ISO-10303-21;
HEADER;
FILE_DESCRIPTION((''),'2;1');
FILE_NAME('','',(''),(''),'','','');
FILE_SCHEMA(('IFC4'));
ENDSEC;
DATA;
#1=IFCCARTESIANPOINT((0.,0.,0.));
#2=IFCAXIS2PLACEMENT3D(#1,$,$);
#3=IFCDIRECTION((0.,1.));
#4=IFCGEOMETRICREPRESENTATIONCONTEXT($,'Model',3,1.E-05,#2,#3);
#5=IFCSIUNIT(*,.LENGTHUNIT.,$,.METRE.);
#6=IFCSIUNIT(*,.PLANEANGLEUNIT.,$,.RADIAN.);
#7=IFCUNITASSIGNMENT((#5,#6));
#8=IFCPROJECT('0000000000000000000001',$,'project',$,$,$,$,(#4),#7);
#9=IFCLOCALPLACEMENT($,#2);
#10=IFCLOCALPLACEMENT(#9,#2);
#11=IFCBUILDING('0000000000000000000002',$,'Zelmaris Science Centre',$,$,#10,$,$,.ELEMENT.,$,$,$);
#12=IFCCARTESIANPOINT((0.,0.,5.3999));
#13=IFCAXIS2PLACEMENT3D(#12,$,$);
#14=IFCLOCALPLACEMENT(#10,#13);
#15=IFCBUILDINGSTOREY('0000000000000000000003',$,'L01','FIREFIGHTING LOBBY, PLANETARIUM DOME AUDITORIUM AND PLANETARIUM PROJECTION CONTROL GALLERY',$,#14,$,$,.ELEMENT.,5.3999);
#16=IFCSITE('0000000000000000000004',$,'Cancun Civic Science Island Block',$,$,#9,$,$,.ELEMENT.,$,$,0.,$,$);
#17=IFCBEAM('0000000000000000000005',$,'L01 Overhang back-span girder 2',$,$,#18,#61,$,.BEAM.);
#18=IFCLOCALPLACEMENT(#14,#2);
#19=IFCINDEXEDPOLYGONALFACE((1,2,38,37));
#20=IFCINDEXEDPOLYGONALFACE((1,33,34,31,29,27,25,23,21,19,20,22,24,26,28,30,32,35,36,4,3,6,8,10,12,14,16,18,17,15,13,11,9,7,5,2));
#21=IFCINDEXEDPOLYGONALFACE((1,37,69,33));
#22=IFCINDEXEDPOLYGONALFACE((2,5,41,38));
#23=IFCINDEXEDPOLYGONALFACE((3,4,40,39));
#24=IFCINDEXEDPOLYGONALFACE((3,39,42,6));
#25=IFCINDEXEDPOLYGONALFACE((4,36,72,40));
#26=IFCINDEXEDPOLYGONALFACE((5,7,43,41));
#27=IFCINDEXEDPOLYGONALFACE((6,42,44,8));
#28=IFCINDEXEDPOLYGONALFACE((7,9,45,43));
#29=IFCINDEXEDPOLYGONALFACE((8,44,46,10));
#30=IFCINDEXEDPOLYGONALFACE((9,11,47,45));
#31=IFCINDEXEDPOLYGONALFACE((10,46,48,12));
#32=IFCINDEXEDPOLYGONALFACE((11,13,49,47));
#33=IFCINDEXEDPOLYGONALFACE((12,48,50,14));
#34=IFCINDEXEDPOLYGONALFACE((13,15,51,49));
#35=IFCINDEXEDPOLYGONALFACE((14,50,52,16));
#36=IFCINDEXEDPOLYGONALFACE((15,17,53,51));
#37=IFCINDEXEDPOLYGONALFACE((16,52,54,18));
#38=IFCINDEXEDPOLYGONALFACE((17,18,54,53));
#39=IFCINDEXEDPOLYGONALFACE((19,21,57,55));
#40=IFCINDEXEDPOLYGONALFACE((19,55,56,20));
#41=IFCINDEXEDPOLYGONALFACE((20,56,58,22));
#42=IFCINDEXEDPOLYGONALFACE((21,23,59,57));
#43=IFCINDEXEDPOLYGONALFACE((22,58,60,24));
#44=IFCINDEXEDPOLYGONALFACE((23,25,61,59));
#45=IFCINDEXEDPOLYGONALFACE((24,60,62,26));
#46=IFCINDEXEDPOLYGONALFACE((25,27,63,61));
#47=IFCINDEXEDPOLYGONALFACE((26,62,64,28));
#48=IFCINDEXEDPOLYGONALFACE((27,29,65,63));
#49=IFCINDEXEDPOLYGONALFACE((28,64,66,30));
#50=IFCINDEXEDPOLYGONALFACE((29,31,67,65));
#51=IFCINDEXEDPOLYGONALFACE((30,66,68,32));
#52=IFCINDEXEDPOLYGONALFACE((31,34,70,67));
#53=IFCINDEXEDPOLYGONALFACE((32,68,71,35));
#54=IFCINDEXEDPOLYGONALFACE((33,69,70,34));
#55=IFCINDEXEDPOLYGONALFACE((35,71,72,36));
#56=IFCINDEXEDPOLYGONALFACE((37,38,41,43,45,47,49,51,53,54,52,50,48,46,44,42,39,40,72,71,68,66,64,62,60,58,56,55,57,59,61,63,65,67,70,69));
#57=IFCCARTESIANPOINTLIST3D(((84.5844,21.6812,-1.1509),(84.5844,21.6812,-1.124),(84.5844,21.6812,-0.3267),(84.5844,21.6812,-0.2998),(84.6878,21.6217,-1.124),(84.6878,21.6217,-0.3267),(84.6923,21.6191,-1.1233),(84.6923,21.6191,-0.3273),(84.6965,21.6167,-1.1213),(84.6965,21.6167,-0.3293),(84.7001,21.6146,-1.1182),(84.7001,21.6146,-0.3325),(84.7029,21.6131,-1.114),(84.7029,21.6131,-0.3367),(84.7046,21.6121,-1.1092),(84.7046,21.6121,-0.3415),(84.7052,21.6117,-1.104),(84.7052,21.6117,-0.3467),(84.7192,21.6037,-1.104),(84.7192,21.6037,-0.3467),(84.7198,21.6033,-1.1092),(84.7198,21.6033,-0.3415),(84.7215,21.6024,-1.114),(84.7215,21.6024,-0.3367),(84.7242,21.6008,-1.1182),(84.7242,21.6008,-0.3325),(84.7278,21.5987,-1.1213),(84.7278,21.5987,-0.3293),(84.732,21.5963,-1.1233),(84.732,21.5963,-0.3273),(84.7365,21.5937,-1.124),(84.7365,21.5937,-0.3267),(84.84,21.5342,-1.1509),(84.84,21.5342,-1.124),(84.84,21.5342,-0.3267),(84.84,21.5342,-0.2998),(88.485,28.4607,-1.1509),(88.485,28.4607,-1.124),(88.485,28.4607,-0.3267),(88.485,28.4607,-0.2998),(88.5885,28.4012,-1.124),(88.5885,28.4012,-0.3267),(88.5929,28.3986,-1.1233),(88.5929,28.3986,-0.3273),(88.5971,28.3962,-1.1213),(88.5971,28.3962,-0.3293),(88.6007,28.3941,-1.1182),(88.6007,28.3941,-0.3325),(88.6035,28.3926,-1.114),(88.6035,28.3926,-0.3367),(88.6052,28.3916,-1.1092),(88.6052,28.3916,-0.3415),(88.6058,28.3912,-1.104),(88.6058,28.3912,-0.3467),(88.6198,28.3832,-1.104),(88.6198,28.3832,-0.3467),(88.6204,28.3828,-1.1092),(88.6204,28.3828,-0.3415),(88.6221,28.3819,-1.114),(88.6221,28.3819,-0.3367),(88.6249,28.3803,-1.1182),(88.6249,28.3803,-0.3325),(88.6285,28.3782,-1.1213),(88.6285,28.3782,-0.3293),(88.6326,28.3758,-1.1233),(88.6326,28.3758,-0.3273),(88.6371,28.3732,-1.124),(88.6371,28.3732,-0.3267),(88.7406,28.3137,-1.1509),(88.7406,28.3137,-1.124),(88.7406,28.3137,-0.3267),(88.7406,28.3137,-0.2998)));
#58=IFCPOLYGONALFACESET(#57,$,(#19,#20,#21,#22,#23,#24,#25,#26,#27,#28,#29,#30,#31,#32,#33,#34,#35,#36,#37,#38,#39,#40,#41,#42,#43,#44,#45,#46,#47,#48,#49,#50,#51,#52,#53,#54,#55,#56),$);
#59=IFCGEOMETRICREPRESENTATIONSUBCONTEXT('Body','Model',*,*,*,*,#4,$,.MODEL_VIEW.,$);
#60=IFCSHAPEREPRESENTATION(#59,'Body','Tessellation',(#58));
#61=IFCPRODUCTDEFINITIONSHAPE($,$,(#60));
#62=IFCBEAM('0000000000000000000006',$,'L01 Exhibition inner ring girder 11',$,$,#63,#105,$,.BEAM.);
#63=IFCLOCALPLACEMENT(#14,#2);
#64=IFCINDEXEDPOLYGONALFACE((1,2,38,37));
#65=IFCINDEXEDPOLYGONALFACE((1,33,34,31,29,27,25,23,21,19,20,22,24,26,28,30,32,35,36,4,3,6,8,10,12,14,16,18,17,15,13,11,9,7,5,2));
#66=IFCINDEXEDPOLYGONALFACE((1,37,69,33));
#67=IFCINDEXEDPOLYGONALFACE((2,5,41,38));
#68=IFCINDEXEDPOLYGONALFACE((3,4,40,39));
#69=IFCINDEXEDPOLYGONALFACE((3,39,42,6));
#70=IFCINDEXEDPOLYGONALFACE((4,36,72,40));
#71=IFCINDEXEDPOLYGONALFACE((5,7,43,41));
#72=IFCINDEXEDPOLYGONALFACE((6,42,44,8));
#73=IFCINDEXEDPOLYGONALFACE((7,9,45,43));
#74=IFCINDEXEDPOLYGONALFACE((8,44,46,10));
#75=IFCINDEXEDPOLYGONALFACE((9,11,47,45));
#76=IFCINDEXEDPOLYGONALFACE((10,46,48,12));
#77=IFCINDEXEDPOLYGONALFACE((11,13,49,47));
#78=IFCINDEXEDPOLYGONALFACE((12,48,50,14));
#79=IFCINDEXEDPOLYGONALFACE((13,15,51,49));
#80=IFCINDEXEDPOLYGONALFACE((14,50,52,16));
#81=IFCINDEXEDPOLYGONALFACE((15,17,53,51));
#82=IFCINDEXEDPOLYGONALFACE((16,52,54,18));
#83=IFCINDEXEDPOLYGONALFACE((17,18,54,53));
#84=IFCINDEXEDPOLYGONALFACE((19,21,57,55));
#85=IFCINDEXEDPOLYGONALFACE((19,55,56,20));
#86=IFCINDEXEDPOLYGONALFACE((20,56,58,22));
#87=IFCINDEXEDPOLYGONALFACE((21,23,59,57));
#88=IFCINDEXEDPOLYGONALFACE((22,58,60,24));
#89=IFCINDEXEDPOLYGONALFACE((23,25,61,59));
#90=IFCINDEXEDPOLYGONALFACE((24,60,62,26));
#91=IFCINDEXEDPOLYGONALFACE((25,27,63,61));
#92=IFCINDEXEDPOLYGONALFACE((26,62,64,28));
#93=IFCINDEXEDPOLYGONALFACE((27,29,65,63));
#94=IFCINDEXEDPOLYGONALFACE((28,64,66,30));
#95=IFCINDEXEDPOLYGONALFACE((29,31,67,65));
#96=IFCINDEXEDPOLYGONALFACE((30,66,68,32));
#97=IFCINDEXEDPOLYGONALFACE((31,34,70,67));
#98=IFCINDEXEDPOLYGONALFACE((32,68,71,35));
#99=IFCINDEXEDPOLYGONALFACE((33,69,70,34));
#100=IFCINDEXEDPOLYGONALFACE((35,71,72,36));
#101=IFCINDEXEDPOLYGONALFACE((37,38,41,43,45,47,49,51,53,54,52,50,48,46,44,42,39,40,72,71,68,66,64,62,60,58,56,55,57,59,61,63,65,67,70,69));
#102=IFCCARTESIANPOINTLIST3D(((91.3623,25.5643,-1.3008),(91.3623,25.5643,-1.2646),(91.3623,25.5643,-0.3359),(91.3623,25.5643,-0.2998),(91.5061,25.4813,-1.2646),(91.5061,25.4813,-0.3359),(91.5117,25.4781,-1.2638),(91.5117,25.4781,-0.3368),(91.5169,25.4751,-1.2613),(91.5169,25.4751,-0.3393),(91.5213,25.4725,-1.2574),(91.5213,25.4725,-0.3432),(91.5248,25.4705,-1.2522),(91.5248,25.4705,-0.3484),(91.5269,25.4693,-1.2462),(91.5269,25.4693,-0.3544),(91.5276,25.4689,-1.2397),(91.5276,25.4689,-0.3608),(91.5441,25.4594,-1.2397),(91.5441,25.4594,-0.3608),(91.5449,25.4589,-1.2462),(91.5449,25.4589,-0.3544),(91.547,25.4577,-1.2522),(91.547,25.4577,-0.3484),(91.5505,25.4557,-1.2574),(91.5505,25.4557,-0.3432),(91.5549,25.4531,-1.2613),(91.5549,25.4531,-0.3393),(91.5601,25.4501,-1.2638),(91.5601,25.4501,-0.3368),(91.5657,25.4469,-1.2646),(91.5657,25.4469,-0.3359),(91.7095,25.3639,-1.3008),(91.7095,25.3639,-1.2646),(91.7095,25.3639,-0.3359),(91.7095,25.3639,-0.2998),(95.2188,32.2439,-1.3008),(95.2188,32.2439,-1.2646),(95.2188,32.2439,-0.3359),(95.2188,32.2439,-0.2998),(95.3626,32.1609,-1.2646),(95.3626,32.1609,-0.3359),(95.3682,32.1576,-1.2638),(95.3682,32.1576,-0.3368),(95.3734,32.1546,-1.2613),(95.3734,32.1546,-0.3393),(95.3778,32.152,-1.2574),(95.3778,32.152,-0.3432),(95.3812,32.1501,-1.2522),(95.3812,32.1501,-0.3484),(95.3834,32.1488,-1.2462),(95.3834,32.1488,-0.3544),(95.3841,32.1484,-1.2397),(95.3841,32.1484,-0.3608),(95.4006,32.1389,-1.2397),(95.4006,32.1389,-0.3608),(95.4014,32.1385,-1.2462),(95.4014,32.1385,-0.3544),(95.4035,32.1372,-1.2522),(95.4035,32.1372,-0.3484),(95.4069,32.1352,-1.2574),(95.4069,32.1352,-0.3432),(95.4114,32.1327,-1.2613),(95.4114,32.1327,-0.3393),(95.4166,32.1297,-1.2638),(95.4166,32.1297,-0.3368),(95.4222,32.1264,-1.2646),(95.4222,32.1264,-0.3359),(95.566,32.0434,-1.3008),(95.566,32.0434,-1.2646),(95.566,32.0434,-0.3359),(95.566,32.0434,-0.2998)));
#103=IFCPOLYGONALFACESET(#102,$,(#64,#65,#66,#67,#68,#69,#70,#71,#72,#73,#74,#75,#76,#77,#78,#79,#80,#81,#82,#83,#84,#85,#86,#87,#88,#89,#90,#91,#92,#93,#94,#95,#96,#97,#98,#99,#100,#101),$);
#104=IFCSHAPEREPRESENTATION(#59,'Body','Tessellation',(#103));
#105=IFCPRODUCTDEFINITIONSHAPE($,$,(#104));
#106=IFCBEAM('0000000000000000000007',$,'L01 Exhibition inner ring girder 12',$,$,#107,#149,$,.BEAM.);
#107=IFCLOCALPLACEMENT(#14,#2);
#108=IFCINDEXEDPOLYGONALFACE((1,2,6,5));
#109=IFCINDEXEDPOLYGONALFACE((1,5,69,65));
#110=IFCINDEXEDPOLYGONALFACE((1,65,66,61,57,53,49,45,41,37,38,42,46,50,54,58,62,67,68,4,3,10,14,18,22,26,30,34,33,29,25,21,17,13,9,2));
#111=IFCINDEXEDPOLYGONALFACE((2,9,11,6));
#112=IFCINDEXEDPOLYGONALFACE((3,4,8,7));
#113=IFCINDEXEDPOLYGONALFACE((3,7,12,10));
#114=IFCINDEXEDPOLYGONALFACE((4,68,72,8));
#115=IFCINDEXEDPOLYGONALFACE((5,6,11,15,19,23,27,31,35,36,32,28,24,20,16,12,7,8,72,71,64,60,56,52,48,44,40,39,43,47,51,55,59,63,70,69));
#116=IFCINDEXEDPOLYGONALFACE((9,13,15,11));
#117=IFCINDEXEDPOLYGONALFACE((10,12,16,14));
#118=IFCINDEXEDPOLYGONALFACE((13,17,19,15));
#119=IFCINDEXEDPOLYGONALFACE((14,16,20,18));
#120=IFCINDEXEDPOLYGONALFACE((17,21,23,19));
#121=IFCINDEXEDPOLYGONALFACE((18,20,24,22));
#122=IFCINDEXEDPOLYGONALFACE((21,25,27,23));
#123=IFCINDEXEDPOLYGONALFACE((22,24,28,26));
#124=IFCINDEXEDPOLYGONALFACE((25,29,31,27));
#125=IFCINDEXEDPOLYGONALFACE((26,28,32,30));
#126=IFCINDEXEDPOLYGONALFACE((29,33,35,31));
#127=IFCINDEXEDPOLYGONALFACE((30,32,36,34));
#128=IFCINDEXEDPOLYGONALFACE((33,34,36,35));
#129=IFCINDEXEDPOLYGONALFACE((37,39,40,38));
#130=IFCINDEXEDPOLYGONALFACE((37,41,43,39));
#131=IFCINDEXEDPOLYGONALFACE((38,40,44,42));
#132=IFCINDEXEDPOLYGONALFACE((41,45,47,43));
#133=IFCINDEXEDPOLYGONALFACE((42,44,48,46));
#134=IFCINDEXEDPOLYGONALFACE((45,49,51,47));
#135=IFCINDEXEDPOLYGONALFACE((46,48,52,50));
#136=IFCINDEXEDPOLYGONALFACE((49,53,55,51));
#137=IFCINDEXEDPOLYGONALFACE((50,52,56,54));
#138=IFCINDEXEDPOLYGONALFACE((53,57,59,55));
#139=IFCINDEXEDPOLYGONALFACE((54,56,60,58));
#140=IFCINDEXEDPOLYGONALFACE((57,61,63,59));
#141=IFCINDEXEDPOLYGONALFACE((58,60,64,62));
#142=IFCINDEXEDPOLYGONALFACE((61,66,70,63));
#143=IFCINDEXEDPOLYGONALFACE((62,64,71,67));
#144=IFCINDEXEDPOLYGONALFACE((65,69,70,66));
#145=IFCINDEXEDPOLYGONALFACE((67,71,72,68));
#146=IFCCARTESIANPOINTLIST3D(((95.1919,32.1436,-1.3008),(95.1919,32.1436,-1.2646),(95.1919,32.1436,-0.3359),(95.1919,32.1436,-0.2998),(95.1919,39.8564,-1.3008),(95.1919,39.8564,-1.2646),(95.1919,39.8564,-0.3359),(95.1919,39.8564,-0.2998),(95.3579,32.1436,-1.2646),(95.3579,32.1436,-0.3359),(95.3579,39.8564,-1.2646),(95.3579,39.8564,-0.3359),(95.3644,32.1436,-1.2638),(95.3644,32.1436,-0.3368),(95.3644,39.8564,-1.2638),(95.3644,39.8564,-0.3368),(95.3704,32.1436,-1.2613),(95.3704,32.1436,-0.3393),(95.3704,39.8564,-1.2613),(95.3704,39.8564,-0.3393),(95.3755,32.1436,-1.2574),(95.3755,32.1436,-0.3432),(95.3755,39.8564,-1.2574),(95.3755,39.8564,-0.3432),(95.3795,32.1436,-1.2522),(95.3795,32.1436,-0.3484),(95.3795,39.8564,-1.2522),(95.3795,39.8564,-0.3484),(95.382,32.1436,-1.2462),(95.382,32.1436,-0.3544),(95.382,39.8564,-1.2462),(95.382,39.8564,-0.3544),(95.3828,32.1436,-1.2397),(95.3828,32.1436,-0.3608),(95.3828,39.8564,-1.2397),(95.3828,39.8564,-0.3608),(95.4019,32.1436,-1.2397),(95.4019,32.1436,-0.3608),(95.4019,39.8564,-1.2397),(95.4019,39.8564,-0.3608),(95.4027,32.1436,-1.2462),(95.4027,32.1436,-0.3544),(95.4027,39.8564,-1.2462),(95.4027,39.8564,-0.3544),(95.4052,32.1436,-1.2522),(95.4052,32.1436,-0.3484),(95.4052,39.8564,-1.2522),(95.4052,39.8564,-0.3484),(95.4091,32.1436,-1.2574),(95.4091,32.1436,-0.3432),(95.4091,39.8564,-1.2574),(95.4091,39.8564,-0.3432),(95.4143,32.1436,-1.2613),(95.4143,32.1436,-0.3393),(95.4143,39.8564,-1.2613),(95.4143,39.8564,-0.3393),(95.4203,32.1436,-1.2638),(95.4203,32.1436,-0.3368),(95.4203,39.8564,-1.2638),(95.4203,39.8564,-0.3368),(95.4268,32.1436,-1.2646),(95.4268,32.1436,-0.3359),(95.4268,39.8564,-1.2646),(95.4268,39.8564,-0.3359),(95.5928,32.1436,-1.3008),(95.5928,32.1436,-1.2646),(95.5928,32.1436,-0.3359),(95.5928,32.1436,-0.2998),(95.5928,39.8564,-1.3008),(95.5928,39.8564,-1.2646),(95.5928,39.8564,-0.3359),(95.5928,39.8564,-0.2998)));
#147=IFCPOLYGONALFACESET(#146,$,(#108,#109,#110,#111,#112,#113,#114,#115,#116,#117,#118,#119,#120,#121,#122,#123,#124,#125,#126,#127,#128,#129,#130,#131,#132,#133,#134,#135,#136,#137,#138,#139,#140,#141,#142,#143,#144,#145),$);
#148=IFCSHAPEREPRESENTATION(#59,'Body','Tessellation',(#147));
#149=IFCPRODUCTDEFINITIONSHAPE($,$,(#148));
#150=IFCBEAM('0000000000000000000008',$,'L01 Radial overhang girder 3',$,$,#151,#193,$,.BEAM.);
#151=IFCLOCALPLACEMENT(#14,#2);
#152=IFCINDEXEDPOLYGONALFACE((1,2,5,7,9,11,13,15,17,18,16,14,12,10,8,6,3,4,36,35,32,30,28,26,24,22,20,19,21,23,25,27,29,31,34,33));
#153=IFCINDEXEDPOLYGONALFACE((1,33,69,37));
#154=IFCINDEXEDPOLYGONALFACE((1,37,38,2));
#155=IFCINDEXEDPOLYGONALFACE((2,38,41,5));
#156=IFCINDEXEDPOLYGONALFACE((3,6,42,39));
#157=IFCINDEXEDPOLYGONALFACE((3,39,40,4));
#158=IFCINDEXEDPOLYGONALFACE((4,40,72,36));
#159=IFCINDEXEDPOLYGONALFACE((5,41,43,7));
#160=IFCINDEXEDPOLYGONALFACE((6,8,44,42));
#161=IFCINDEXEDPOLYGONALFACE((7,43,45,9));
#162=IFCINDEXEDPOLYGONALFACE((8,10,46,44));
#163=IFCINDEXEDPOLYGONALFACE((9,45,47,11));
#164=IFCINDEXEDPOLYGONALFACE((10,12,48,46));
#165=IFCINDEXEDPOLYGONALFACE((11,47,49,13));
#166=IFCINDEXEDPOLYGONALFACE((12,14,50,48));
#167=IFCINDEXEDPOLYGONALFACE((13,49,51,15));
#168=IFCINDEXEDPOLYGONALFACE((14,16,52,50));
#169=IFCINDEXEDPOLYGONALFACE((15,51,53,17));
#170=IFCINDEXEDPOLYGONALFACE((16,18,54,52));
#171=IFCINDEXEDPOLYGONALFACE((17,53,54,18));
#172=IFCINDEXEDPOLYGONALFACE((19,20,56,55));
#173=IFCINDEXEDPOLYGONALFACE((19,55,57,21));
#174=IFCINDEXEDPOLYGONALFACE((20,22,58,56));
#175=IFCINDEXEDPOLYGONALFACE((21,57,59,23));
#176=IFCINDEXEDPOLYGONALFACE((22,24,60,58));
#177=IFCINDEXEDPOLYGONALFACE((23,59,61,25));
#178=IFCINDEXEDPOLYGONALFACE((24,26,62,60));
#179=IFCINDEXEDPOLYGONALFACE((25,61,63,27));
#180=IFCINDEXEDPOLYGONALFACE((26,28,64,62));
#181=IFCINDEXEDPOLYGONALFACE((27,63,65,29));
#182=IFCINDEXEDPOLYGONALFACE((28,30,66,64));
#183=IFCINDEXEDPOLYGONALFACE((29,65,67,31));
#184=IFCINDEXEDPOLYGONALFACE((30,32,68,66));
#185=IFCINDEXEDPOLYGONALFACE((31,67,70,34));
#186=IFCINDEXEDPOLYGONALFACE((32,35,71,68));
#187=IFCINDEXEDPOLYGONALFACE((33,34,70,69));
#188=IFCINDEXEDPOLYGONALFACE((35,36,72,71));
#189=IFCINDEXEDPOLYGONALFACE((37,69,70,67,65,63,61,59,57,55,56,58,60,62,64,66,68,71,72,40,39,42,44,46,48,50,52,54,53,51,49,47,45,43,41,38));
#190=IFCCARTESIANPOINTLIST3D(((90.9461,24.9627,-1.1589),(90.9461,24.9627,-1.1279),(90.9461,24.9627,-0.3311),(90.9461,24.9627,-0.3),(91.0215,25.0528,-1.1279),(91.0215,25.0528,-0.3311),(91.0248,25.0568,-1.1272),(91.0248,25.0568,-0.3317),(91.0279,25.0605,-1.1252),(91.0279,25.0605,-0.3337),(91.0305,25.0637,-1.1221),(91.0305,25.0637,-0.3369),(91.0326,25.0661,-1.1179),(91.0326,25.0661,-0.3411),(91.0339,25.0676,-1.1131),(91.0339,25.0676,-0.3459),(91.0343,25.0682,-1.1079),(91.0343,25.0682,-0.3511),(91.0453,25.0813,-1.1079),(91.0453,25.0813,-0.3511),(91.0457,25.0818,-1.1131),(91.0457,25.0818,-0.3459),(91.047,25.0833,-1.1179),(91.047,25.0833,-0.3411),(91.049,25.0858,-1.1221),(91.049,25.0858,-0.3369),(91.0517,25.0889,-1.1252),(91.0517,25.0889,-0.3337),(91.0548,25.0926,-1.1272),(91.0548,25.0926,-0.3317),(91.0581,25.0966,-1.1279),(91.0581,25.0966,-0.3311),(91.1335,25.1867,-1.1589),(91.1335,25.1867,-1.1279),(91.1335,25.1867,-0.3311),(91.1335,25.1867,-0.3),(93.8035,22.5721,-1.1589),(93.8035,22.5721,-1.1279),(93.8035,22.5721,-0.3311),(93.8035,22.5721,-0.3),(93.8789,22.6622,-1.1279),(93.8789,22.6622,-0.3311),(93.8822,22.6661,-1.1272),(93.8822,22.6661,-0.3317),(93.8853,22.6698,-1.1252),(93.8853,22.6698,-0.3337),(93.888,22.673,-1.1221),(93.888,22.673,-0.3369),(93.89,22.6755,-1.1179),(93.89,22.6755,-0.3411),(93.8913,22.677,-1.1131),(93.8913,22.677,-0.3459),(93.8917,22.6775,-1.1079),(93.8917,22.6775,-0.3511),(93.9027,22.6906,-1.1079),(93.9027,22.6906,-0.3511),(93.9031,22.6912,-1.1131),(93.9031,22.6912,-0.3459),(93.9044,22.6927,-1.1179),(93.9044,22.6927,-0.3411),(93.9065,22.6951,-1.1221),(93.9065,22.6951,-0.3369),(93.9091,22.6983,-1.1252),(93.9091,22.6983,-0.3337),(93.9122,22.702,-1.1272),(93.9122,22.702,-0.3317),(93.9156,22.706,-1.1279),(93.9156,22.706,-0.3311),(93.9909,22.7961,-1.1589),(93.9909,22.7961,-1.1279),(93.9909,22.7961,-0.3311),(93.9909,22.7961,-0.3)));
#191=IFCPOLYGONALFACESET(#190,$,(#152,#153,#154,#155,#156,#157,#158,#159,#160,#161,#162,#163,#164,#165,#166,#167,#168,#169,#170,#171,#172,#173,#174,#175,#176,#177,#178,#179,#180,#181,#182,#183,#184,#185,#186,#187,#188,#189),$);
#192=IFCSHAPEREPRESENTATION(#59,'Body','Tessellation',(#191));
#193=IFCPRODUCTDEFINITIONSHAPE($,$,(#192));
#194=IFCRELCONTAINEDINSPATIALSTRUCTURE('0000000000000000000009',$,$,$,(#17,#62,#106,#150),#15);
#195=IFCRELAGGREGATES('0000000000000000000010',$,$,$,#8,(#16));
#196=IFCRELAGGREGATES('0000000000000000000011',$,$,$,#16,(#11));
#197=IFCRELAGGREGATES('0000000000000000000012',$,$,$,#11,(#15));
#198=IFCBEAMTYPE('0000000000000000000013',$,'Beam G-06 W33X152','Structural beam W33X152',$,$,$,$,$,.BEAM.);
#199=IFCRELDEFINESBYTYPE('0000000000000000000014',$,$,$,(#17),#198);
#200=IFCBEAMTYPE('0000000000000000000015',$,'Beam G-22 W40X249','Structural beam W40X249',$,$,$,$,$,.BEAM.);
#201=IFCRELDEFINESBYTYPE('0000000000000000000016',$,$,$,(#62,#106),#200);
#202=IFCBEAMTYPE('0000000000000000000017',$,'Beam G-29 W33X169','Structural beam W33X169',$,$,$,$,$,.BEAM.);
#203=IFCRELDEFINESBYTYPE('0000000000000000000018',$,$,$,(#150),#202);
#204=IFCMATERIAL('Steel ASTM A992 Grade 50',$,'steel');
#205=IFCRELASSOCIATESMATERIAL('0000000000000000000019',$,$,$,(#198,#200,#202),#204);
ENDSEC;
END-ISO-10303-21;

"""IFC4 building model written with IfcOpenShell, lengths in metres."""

from ifc_helpers import new_model, si_unit, direction, frame, origin, origin_2d, place, context, subcontext, project, spatial, i_section, extrude, material, material_profile, profile_set, type_object, element, save


model = new_model("IFC4")

# Units and contexts
model_context = context("Model", 3, precision=1e-05, world=origin(), true_north=direction((0.0, 1.0)))
body_context = subcontext(model_context, "Body", "Model", "MODEL_VIEW")
ifc_project = project(units=[si_unit("LENGTHUNIT", "METRE"), si_unit("PLANEANGLEUNIT", "RADIAN")], contexts=[model_context])

# Site, building, storey
site_placement = place(None, origin())
site = spatial("IfcSite", under=ifc_project, at=site_placement, Name="Cancun Civic Science Island Block", CompositionType="ELEMENT", RefElevation=0.0)
building_placement = place(site_placement, origin())
building = spatial("IfcBuilding", under=site, at=building_placement, Name="Zelmaris Science Centre", CompositionType="ELEMENT")
storey_placement = place(building_placement, frame((0.0, 0.0, 5.3999)))
storey = spatial("IfcBuildingStorey", under=building, at=storey_placement, Name="L01", Description="FIREFIGHTING LOBBY, PLANETARIUM DOME AUDITORIUM AND PLANETARIUM PROJECTION CONTROL GALLERY", CompositionType="ELEMENT", Elevation=5.3999)

# Shared definitions
ifc_material_1 = material(Name="Steel ASTM A992 Grade 50", Category="steel")

# Beams
ifc_material_profile_1 = material_profile(ifc_material_1, i_section(OverallWidth=0.2949, OverallDepth=0.8511, WebThickness=0.0161, FlangeThickness=0.0269, FilletRadius=0.02, at=origin_2d()), Name="W33X152")
ifc_profile_set_1 = profile_set([ifc_material_profile_1], Name="Steel ASTM A992 Grade 50")
beam_type_1 = type_object("IfcBeamType", Name="Beam G-06 W33X152", Description="Structural beam W33X152", PredefinedType="BEAM", material=ifc_profile_set_1)
beam_1_placement = place(storey_placement, frame((88.6128, 28.3872, -0.7253), z_axis=(-0.498702, -0.866774, 0.0), x_axis=(0.866774, -0.498702, 0.0)))
element("IfcBeam", 1, at=beam_1_placement, inside=storey, type_object=beam_type_1, Name="L01 Overhang back-span girder 2", PredefinedType="BEAM", context=body_context, shape_type="SweptSolid", body=[
    extrude(i_section(OverallWidth=0.2949, OverallDepth=0.8511, WebThickness=0.0161, FlangeThickness=0.0269, FilletRadius=0.02, at=origin_2d()), origin(), (0.0, 0.0, 1.0), 7.8215),
])
ifc_material_profile_2 = material_profile(ifc_material_1, i_section(OverallWidth=0.4009, OverallDepth=1.001, WebThickness=0.019, FlangeThickness=0.0361, FilletRadius=0.0249, at=origin_2d()), Name="W40X249")
ifc_profile_set_2 = profile_set([ifc_material_profile_2], Name="Steel ASTM A992 Grade 50")
beam_type_2 = type_object("IfcBeamType", Name="Beam G-22 W40X249", Description="Structural beam W40X249", PredefinedType="BEAM", material=ifc_profile_set_2)
for number, where, z_axis, x_axis, name in (
    (2, (91.5359, 25.4641, -0.8003), (0.500007, 0.866022, 0.0), (-0.866022, 0.500007, 0.0), "L01 Exhibition inner ring girder 11"),
    (3, (95.3923, 32.1436, -0.8003), (0.0, 1.0, 0.0), (-1.0, 0.0, 0.0), "L01 Exhibition inner ring girder 12"),
):
    element("IfcBeam", number, at=place(storey_placement, frame(where, z_axis=z_axis, x_axis=x_axis)), inside=storey, type_object=beam_type_2, Name=name, PredefinedType="BEAM", context=body_context, shape_type="SweptSolid", body=[
        extrude(i_section(OverallWidth=0.4009, OverallDepth=1.001, WebThickness=0.019, FlangeThickness=0.0361, FilletRadius=0.0249, at=origin_2d()), origin(), (0.0, 0.0, 1.0), 7.7129),
    ])
ifc_material_profile_3 = material_profile(ifc_material_1, i_section(OverallWidth=0.292, OverallDepth=0.8589, WebThickness=0.0171, FlangeThickness=0.031, FilletRadius=0.02, at=origin_2d()), Name="W33X169")
ifc_profile_set_3 = profile_set([ifc_material_profile_3], Name="Steel ASTM A992 Grade 50")
beam_type_3 = type_object("IfcBeamType", Name="Beam G-29 W33X169", Description="Structural beam W33X169", PredefinedType="BEAM", material=ifc_profile_set_3)
beam_2_placement = place(storey_placement, frame((91.0398, 25.0747, -0.7295), z_axis=(0.766974, -0.641679, 0.0), x_axis=(0.641679, 0.766974, 0.0)))
element("IfcBeam", 4, at=beam_2_placement, inside=storey, type_object=beam_type_3, Name="L01 Radial overhang girder 3", PredefinedType="BEAM", context=body_context, shape_type="SweptSolid", body=[
    extrude(i_section(OverallWidth=0.292, OverallDepth=0.8589, WebThickness=0.0171, FlangeThickness=0.031, FilletRadius=0.02, at=origin_2d()), origin(), (0.0, 0.0, 1.0), 3.7256),
])

save(model, "model.ifc")
